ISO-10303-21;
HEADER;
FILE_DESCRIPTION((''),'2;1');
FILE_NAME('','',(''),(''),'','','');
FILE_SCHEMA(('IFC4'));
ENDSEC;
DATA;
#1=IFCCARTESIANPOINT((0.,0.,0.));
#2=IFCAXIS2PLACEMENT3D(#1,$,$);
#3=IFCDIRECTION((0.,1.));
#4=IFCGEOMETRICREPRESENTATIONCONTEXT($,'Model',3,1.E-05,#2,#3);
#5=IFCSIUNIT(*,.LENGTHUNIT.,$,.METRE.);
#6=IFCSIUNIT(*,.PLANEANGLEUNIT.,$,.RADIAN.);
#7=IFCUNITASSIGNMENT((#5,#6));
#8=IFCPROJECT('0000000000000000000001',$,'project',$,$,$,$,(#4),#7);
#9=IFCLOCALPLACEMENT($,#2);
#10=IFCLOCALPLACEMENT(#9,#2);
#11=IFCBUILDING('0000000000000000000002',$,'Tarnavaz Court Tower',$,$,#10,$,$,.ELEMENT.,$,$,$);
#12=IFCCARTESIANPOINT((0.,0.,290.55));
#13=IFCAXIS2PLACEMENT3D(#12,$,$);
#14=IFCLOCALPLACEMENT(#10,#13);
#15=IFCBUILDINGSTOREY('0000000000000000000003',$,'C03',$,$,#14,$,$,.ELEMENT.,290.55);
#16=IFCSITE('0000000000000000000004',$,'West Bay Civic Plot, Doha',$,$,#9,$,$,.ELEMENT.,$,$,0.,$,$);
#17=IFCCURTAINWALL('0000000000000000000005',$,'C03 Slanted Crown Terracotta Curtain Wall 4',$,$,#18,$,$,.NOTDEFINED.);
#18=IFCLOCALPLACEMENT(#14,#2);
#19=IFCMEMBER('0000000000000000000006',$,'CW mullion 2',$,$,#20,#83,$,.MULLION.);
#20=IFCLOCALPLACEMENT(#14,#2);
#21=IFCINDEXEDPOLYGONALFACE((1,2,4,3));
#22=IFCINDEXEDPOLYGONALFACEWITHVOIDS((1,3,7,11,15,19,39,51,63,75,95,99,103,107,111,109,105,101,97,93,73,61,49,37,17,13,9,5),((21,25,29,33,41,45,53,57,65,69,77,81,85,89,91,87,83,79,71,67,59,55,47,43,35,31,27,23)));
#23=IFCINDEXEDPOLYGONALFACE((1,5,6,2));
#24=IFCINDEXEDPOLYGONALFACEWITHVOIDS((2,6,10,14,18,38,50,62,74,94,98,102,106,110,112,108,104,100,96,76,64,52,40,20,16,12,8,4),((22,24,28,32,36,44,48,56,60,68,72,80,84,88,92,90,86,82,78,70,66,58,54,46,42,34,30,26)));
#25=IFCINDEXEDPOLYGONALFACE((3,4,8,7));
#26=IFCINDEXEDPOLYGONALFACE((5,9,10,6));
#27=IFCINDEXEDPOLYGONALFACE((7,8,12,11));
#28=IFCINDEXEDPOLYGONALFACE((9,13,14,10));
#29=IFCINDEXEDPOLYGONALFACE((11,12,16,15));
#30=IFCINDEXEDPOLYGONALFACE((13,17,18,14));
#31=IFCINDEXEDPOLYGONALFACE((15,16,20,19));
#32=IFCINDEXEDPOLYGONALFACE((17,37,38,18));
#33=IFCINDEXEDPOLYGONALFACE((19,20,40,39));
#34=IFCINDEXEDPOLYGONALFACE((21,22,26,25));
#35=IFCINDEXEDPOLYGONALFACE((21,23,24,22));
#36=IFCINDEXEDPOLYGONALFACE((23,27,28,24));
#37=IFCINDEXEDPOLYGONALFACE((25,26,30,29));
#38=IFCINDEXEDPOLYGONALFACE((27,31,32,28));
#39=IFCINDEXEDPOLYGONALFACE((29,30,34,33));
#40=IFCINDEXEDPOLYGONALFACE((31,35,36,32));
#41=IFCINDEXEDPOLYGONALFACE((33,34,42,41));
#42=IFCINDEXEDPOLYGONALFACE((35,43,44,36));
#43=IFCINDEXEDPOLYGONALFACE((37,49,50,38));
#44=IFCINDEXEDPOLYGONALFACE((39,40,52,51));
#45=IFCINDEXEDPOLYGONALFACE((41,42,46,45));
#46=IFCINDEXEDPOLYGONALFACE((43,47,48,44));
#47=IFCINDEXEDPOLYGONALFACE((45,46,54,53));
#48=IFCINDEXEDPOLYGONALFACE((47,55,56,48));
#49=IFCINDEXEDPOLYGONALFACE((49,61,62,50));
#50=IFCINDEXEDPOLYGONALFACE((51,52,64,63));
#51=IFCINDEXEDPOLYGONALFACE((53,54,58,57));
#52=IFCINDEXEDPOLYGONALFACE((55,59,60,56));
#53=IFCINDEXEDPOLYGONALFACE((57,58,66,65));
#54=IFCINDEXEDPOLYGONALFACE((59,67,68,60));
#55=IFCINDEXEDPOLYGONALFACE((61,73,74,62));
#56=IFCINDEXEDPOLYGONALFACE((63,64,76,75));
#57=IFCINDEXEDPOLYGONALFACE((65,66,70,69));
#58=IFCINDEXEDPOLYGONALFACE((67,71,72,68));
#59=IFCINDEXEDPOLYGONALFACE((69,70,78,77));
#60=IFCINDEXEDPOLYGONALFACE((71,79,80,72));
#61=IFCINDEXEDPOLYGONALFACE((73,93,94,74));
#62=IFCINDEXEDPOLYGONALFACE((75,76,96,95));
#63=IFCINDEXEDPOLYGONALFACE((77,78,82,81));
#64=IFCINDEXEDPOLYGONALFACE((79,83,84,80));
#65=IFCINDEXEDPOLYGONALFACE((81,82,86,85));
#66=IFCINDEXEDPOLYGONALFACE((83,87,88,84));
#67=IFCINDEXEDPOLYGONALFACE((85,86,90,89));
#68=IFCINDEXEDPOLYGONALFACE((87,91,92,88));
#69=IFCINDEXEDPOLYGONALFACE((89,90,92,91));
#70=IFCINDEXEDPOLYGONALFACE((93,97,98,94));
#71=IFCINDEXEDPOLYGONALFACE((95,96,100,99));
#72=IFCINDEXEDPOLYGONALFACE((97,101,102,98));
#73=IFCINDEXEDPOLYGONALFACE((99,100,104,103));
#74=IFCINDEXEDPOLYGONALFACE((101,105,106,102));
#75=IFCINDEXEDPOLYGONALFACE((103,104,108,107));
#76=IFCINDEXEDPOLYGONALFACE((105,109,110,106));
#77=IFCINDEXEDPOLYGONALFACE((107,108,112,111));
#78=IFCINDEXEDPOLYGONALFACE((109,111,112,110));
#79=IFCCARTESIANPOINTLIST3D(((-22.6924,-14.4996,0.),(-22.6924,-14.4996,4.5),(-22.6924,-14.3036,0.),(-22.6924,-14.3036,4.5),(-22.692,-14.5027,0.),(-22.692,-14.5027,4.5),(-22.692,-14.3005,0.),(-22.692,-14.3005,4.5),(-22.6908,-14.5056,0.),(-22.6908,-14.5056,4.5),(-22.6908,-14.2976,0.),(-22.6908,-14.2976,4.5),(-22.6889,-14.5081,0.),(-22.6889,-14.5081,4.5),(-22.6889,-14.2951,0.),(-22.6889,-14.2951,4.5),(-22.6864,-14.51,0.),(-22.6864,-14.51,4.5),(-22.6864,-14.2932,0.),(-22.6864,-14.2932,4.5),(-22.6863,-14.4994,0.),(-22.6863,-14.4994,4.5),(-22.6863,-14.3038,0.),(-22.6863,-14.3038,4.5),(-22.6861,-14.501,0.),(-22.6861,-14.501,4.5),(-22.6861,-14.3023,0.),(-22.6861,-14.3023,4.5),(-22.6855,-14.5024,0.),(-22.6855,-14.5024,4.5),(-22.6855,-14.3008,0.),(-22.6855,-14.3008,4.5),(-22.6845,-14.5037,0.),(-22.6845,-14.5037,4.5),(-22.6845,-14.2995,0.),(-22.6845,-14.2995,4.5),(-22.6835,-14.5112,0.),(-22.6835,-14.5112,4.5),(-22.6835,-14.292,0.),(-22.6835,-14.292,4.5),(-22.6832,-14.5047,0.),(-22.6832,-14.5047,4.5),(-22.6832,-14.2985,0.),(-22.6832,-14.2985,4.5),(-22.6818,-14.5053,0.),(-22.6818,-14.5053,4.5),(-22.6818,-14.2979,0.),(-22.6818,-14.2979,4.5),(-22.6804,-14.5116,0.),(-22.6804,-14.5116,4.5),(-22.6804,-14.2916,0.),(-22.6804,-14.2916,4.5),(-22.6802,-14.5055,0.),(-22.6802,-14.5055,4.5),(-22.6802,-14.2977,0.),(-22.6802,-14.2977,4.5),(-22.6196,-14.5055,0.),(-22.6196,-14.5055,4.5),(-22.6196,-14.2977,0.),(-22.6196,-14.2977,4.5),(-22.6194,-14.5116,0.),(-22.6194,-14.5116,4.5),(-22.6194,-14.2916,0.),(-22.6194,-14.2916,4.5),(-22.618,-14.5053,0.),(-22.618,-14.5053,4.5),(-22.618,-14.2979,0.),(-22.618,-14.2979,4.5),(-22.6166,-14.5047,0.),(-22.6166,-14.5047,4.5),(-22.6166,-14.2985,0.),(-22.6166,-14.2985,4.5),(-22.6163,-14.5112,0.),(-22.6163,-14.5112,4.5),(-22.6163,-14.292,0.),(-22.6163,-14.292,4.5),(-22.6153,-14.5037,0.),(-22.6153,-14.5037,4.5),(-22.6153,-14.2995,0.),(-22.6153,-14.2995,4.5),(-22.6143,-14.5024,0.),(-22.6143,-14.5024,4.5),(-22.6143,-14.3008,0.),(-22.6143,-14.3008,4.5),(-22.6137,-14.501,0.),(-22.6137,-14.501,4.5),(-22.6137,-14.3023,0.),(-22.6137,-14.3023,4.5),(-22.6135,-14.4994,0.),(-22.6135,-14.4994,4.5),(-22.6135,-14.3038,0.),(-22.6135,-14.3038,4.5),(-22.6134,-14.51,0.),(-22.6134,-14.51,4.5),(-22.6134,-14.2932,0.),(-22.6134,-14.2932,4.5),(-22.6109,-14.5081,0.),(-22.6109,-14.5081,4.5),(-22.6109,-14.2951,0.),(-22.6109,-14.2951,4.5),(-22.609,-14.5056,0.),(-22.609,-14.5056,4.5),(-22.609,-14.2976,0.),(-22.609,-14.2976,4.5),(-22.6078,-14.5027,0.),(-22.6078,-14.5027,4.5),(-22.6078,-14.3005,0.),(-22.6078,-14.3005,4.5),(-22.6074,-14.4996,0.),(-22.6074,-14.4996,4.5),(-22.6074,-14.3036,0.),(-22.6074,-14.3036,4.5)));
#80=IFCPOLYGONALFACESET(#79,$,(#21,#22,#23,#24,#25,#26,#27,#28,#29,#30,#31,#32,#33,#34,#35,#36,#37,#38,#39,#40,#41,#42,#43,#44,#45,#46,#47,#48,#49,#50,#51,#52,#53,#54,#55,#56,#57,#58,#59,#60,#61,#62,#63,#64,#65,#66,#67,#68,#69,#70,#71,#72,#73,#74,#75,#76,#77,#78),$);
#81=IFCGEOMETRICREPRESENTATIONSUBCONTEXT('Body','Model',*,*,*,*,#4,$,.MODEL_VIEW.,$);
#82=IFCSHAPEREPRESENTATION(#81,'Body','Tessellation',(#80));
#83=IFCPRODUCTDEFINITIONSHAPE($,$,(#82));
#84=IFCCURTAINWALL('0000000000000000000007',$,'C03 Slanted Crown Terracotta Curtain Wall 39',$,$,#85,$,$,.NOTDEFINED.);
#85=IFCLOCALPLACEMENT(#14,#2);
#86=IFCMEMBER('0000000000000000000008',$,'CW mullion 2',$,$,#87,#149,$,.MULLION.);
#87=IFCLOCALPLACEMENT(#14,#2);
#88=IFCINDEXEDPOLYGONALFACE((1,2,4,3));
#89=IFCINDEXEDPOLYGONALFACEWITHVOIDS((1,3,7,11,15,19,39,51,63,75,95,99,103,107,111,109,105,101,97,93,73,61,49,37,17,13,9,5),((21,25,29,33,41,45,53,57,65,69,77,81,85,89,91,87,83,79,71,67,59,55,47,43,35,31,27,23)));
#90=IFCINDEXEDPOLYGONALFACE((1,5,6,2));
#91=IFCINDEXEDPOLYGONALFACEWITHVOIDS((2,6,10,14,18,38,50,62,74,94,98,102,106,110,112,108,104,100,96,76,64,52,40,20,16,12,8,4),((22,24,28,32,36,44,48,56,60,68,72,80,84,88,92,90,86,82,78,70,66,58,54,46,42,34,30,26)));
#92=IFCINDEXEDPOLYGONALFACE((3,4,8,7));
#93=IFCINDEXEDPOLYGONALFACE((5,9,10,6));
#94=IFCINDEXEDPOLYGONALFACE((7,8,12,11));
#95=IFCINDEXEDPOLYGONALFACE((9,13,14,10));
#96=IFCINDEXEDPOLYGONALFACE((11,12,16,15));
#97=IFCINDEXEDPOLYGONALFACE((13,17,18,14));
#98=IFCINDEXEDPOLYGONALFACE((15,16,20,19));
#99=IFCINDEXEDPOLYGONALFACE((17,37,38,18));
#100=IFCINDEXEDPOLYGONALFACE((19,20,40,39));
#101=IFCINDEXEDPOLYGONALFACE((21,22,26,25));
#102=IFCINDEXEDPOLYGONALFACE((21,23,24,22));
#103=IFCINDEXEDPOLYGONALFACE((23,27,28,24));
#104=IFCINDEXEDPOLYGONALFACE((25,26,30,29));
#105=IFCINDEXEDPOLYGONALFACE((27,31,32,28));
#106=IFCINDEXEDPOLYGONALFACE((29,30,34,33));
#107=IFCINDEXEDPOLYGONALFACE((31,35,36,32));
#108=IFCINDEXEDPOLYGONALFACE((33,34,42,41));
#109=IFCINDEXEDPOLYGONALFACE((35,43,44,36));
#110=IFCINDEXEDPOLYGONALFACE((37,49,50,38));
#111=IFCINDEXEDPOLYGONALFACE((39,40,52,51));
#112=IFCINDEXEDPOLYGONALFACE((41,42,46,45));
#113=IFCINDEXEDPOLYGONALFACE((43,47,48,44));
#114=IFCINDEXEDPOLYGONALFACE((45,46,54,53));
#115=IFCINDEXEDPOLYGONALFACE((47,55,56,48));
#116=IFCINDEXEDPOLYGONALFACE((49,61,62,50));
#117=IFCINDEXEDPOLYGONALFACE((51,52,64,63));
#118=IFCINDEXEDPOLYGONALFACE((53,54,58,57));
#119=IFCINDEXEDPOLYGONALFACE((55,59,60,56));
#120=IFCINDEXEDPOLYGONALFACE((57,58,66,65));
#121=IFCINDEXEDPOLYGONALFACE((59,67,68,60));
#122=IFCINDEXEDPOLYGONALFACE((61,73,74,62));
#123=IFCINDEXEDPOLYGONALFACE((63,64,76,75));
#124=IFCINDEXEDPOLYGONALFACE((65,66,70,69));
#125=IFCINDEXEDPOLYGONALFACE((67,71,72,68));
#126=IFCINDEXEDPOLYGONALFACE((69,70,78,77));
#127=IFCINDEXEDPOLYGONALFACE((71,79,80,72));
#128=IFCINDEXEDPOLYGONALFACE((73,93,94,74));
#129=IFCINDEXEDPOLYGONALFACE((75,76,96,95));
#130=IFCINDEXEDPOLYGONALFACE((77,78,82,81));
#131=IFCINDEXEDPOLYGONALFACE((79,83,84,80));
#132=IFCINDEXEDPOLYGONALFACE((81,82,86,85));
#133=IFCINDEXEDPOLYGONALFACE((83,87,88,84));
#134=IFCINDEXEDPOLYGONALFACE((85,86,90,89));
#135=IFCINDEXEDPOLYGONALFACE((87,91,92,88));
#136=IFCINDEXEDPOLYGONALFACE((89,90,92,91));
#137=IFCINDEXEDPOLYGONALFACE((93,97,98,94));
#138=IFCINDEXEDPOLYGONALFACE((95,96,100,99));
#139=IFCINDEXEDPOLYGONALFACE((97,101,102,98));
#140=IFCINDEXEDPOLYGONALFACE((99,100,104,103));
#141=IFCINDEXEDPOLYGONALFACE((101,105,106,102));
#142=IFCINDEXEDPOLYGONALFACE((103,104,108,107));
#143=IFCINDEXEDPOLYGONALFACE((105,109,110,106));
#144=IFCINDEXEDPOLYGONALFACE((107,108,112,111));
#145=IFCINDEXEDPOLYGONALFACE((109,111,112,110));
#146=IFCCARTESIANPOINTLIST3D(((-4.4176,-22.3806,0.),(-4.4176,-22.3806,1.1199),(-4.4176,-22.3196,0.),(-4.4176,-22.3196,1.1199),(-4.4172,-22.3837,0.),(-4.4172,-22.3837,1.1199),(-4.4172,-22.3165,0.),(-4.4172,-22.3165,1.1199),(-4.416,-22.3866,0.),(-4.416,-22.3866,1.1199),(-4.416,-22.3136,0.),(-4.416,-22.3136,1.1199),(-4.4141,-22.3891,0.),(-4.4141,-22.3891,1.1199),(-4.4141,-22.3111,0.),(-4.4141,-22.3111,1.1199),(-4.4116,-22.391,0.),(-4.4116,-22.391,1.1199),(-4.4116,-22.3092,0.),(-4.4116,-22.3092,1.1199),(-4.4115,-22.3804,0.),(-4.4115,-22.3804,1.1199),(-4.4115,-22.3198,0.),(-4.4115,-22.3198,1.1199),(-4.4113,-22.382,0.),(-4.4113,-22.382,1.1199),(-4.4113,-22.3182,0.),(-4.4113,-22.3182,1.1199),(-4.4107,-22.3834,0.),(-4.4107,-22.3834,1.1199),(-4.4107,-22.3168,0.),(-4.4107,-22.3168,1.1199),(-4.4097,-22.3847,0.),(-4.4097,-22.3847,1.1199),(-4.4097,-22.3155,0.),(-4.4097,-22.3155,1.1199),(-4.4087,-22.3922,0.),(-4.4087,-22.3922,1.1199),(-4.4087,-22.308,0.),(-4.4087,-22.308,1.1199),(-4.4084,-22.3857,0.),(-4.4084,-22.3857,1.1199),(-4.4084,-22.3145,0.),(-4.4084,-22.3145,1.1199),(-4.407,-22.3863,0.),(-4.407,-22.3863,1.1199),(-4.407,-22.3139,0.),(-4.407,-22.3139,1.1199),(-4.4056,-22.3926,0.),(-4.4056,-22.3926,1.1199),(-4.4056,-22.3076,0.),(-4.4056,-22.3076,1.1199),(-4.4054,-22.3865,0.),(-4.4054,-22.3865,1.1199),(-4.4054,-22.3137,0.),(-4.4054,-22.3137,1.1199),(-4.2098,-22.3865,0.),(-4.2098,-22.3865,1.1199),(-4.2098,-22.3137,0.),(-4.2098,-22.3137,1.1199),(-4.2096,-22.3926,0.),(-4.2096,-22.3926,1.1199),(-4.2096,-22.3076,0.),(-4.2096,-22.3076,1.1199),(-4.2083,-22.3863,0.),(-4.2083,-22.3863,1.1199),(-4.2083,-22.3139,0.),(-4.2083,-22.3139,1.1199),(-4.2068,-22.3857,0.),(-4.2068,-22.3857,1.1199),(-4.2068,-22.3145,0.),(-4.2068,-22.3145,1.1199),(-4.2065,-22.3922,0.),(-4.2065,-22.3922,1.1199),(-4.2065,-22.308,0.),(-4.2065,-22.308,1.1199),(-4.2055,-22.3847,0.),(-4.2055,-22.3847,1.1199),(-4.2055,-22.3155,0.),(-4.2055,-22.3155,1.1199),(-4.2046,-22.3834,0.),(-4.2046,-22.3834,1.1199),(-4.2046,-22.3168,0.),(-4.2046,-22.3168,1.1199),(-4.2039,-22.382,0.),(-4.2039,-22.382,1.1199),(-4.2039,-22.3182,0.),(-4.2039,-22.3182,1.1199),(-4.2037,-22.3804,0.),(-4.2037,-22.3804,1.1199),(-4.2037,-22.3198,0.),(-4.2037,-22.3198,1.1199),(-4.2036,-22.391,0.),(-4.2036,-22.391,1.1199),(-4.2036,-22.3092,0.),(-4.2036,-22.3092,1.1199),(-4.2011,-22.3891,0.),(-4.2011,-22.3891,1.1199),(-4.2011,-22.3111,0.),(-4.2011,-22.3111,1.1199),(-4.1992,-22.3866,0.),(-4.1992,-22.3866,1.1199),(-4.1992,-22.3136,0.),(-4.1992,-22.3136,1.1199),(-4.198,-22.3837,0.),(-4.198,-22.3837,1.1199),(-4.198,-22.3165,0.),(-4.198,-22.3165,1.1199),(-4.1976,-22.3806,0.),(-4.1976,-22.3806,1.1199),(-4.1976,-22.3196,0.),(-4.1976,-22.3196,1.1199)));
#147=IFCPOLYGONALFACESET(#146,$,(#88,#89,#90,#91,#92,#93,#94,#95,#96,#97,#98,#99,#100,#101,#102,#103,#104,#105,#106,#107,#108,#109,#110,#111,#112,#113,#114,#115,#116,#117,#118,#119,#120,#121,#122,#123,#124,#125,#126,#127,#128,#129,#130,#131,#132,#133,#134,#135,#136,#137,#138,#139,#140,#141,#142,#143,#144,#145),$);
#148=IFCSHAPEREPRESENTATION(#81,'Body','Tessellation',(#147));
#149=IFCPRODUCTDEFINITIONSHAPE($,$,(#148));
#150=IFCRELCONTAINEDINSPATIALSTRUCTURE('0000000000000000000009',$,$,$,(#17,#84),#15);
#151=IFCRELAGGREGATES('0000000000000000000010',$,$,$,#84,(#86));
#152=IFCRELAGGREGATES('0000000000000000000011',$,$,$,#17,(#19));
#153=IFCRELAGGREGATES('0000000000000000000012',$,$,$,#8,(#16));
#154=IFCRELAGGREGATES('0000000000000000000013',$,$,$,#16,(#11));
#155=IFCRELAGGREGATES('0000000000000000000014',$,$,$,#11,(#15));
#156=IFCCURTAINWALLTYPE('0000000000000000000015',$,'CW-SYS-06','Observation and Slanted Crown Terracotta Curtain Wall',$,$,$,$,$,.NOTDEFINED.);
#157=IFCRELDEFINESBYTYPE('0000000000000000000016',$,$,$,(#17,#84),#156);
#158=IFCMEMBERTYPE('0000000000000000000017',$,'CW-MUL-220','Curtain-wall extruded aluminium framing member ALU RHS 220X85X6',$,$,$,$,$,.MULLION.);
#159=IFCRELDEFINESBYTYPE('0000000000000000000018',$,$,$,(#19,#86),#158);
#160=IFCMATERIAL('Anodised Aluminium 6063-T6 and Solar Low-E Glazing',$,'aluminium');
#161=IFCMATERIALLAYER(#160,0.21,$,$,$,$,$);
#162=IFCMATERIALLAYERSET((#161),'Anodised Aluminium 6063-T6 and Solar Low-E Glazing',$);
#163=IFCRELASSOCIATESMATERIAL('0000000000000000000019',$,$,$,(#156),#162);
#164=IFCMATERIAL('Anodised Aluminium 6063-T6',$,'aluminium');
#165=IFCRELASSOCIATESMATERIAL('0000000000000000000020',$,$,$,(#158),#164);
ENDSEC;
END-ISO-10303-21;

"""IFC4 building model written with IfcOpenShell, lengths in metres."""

from ifc_helpers import new_model, si_unit, direction, frame, origin, origin_2d, place, context, subcontext, project, spatial, hollow_rectangle, extrude, material, layer, layer_set, material_profile, profile_set, type_object, element, aggregate, save


model = new_model("IFC4")

# Units and contexts
model_context = context("Model", 3, precision=1e-05, world=origin(), true_north=direction((0.0, 1.0)))
body_context = subcontext(model_context, "Body", "Model", "MODEL_VIEW")
ifc_project = project(units=[si_unit("LENGTHUNIT", "METRE"), si_unit("PLANEANGLEUNIT", "RADIAN")], contexts=[model_context])

# Site, building, storey
site_placement = place(None, origin())
site = spatial("IfcSite", under=ifc_project, at=site_placement, Name="West Bay Civic Plot, Doha", CompositionType="ELEMENT", RefElevation=0.0)
building_placement = place(site_placement, origin())
building = spatial("IfcBuilding", under=site, at=building_placement, Name="Tarnavaz Court Tower", CompositionType="ELEMENT")
storey_placement = place(building_placement, frame((0.0, 0.0, 290.55)))
storey = spatial("IfcBuildingStorey", under=building, at=storey_placement, Name="C03", CompositionType="ELEMENT", Elevation=290.55)

# Curtain wall, member
ifc_material_1 = material(Name="Anodised Aluminium 6063-T6 and Solar Low-E Glazing", Category="aluminium")
ifc_layer_1 = layer(ifc_material_1, 0.21)
ifc_layer_set_1 = layer_set([ifc_layer_1], Name="Anodised Aluminium 6063-T6 and Solar Low-E Glazing")
curtain_wall_type = type_object("IfcCurtainWallType", Name="CW-SYS-06", Description="Observation and Slanted Crown Terracotta Curtain Wall", PredefinedType="NOTDEFINED", material=ifc_layer_set_1)
ifc_material_2 = material(Name="Anodised Aluminium 6063-T6", Category="aluminium")
ifc_material_profile_1 = material_profile(ifc_material_2, hollow_rectangle(XDim=0.085, YDim=0.22, WallThickness=0.0061, InnerFilletRadius=0.0061, OuterFilletRadius=0.012, at=origin_2d()), Name="ALU RHS 220X85X6")
ifc_profile_set_1 = profile_set([ifc_material_profile_1], Name="Anodised Aluminium 6063-T6")
member_type_1 = type_object("IfcMemberType", Name="CW-MUL-220", Description="Curtain-wall extruded aluminium framing member ALU RHS 220X85X6", PredefinedType="MULLION", material=ifc_profile_set_1)
curtain_wall_1_placement = place(storey_placement, origin())
curtain_wall_1 = element("IfcCurtainWall", 1, at=curtain_wall_1_placement, inside=storey, type_object=curtain_wall_type, Name="C03 Slanted Crown Terracotta Curtain Wall 4", PredefinedType="NOTDEFINED")
member_1_placement = place(storey_placement, frame((-22.6499, -14.4016, 0.0), z_axis=(0.0, 0.0, 1.0), x_axis=(-1.0, 0.0, 0.0)))
member_1 = element("IfcMember", 2, at=member_1_placement, type_object=member_type_1, Name="CW mullion 2", PredefinedType="MULLION", context=body_context, shape_type="SweptSolid", body=[
    extrude(hollow_rectangle(XDim=0.085, YDim=0.22, WallThickness=0.0061, InnerFilletRadius=0.0061, OuterFilletRadius=0.012, at=origin_2d()), origin(), (0.0, 0.0, 1.0), 4.5),
])

# Curtain wall, member
curtain_wall_2_placement = place(storey_placement, origin())
curtain_wall_2 = element("IfcCurtainWall", 3, at=curtain_wall_2_placement, inside=storey, type_object=curtain_wall_type, Name="C03 Slanted Crown Terracotta Curtain Wall 39", PredefinedType="NOTDEFINED")
member_2_placement = place(storey_placement, frame((-4.3076, -22.3501, 0.0), z_axis=(0.0, 0.0, 1.0), x_axis=(0.0, -1.0, 0.0)))
member_2 = element("IfcMember", 4, at=member_2_placement, type_object=member_type_1, Name="CW mullion 2", PredefinedType="MULLION", context=body_context, shape_type="SweptSolid", body=[
    extrude(hollow_rectangle(XDim=0.085, YDim=0.22, WallThickness=0.0061, InnerFilletRadius=0.0061, OuterFilletRadius=0.012, at=origin_2d()), origin(), (0.0, 0.0, 1.0), 1.1199),
])
aggregate(curtain_wall_2, [member_2])

aggregate(curtain_wall_1, [member_1])

save(model, "model.ifc")
